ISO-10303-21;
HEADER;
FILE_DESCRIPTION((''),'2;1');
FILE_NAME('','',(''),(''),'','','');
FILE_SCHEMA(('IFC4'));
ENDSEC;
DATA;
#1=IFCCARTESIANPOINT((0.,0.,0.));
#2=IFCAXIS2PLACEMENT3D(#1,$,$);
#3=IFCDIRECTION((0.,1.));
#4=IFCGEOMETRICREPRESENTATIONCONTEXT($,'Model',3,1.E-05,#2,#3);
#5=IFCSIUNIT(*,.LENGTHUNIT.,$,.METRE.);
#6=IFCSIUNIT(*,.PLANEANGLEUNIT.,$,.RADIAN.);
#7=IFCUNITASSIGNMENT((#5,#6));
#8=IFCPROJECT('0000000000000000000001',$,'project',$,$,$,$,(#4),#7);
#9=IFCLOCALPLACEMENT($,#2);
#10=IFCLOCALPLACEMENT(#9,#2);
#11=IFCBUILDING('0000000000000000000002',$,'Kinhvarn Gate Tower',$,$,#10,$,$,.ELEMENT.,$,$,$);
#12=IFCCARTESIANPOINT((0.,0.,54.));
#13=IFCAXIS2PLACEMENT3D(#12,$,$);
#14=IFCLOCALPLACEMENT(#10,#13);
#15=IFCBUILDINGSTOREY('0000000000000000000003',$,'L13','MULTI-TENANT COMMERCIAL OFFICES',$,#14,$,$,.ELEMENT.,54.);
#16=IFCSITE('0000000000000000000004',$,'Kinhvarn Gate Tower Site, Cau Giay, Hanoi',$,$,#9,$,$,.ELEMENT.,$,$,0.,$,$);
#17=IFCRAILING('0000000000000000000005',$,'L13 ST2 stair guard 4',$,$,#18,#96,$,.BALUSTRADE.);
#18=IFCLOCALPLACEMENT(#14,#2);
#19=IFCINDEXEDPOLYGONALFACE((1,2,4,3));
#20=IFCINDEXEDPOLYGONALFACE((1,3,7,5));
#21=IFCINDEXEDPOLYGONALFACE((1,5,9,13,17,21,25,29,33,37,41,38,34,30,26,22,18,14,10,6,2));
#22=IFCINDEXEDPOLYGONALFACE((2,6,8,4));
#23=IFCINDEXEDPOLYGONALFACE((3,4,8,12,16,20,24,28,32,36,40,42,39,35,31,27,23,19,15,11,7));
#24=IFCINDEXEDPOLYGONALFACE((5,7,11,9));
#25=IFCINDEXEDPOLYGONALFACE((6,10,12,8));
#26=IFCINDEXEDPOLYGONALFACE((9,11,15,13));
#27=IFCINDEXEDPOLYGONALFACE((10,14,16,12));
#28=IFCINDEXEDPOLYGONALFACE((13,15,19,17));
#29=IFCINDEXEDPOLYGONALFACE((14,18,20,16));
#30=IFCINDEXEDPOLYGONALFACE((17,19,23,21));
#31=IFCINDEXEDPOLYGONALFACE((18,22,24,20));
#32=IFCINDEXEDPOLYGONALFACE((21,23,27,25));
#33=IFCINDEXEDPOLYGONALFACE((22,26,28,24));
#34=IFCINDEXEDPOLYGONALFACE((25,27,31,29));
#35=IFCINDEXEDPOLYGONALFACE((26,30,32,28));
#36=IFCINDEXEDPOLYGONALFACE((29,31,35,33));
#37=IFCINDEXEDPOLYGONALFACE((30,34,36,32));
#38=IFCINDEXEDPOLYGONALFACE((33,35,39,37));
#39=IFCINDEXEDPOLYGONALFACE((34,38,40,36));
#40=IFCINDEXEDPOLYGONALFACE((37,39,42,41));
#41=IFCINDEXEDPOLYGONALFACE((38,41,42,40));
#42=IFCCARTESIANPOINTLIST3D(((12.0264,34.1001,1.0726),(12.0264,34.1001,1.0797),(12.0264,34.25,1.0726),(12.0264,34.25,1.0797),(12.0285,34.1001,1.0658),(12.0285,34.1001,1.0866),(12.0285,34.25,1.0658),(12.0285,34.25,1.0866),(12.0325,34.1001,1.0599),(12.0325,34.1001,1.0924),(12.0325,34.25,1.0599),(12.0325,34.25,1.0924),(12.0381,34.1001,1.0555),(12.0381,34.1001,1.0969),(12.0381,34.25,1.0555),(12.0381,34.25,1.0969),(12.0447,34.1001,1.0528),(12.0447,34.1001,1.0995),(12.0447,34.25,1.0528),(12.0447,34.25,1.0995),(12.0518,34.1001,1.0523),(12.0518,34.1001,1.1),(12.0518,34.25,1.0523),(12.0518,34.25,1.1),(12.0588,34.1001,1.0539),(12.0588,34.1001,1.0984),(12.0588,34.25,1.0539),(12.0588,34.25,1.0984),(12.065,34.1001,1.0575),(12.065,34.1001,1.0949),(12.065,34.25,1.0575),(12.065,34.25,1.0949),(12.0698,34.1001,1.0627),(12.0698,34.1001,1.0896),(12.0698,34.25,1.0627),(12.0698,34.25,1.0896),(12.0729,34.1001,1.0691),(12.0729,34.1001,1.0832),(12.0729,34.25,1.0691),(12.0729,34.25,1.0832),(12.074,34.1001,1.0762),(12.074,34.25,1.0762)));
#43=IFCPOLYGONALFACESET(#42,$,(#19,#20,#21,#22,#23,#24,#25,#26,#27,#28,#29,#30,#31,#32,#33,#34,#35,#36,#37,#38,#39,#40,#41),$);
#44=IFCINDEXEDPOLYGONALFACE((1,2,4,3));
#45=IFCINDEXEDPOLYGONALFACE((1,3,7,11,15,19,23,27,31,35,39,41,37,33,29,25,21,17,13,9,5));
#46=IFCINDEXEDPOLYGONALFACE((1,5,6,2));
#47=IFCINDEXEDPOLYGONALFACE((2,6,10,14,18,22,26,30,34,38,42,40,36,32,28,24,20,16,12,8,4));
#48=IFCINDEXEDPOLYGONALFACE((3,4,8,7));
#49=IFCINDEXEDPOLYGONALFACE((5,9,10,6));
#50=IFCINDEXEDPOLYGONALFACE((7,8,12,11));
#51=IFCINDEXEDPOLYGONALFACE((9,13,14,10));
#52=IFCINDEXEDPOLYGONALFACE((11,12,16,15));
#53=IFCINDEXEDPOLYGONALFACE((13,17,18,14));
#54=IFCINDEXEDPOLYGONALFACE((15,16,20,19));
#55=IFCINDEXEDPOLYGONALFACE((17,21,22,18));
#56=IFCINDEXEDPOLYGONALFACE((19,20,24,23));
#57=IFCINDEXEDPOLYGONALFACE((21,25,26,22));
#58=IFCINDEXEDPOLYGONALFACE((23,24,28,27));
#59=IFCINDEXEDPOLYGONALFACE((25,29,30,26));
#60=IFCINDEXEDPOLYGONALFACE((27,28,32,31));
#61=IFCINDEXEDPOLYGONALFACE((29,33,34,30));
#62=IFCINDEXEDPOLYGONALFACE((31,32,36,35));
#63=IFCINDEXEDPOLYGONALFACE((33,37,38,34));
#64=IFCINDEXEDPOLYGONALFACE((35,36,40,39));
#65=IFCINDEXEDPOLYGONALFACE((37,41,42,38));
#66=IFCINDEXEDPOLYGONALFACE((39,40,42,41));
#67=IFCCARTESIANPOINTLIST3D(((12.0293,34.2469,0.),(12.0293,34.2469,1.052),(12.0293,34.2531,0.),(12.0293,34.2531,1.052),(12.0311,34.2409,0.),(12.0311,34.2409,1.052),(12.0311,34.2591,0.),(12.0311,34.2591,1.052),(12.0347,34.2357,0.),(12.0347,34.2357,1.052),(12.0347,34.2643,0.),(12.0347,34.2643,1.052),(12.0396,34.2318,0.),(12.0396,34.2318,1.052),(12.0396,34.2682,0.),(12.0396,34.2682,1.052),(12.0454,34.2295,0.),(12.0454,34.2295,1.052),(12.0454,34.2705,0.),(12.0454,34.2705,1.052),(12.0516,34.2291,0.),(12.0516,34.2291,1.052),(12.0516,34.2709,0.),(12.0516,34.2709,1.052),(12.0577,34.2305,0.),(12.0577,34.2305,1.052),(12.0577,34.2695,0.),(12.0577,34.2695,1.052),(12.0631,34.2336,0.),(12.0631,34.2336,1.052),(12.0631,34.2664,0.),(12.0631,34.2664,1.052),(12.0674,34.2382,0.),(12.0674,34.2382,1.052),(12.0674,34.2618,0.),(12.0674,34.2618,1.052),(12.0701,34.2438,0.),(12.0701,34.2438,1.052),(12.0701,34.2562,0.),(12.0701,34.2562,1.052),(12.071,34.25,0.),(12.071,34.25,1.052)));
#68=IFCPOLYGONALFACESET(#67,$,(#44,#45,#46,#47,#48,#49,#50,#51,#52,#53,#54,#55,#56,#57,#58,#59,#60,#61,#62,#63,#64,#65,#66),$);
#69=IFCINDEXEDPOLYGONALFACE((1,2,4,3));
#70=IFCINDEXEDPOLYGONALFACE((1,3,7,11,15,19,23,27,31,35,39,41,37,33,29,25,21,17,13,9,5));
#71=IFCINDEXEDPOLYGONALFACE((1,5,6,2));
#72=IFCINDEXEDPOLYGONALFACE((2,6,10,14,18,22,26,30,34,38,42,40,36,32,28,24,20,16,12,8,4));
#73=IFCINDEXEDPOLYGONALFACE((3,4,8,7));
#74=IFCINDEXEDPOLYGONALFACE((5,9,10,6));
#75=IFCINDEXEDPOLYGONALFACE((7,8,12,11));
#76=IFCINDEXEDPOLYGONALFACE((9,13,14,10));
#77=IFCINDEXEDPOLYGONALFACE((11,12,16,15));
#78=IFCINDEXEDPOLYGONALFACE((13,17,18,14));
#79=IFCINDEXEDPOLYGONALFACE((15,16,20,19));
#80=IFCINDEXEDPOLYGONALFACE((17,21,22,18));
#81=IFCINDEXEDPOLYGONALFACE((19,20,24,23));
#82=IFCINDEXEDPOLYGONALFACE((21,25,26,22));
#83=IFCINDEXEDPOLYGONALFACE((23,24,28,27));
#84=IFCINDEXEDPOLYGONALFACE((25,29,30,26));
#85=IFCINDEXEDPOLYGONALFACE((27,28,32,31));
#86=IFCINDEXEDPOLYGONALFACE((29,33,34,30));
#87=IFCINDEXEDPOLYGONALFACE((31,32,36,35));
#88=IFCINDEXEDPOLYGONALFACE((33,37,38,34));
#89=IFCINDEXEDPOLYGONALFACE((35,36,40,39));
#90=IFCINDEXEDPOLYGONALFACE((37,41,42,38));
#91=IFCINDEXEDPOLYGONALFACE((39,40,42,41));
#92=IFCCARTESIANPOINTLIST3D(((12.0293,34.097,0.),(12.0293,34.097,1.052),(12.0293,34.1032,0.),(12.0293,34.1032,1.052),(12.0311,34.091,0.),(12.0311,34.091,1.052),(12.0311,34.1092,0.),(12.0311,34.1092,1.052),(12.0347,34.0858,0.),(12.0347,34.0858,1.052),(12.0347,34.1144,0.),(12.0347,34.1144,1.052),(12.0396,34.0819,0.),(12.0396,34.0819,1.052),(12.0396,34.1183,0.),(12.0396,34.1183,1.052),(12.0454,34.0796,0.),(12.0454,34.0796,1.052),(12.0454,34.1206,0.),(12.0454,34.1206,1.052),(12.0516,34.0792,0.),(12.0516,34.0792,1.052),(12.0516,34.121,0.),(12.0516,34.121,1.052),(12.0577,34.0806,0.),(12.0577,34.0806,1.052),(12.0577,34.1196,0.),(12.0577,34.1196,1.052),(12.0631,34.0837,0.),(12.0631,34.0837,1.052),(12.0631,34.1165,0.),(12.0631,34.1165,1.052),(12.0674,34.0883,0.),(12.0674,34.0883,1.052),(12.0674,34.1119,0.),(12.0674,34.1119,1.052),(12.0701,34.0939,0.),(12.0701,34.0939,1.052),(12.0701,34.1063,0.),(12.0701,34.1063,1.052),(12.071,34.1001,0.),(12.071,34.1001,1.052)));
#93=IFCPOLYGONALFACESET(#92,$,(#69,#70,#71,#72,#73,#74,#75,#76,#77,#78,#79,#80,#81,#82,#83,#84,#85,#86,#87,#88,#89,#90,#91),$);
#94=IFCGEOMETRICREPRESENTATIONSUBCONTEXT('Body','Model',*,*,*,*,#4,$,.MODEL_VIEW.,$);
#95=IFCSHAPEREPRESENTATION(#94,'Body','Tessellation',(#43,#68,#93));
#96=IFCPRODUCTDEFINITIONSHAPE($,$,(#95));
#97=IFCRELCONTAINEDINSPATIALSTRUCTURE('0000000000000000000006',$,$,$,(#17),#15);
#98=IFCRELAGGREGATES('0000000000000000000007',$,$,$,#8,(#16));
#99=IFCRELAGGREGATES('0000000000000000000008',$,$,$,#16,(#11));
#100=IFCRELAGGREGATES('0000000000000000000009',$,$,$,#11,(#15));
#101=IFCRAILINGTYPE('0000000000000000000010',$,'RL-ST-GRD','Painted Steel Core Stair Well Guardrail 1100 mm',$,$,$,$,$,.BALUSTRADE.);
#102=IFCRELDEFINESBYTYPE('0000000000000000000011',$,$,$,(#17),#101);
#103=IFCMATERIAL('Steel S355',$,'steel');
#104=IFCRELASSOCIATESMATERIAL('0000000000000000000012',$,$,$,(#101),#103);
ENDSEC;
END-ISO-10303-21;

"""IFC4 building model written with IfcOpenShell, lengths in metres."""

from ifc_helpers import new_model, si_unit, direction, frame, origin, origin_2d, place, context, subcontext, project, spatial, circle, extrude, material, type_object, element, save


model = new_model("IFC4")

# Units and contexts
model_context = context("Model", 3, precision=1e-05, world=origin(), true_north=direction((0.0, 1.0)))
body_context = subcontext(model_context, "Body", "Model", "MODEL_VIEW")
ifc_project = project(units=[si_unit("LENGTHUNIT", "METRE"), si_unit("PLANEANGLEUNIT", "RADIAN")], contexts=[model_context])

# Site, building, storey
site_placement = place(None, origin())
site = spatial("IfcSite", under=ifc_project, at=site_placement, Name="Kinhvarn Gate Tower Site, Cau Giay, Hanoi", CompositionType="ELEMENT", RefElevation=0.0)
building_placement = place(site_placement, origin())
building = spatial("IfcBuilding", under=site, at=building_placement, Name="Kinhvarn Gate Tower", CompositionType="ELEMENT")
storey_placement = place(building_placement, frame((0.0, 0.0, 54.0)))
storey = spatial("IfcBuildingStorey", under=building, at=storey_placement, Name="L13", Description="MULTI-TENANT COMMERCIAL OFFICES", CompositionType="ELEMENT", Elevation=54.0)

# Shared definitions
ifc_material_1 = material(Name="Steel S355", Category="steel")

# Railing
railing_type_1 = type_object("IfcRailingType", Name="RL-ST-GRD", Description="Painted Steel Core Stair Well Guardrail 1100 mm", PredefinedType="BALUSTRADE", material=ifc_material_1)
railing_1_placement = place(storey_placement, frame((12.05, 34.25, 0.0)))
element("IfcRailing", 1, at=railing_1_placement, inside=storey, type_object=railing_type_1, Name="L13 ST2 stair guard 4", PredefinedType="BALUSTRADE", context=body_context, shape_type="SweptSolid", body=[
    extrude(circle(Radius=0.0239, at=origin_2d()), frame((0.0, 0.0, 1.0762), z_axis=(0.0, -1.0, 0.0), x_axis=(1.0, 0.0, 0.0)), (0.0, 0.0, 1.0), 0.1499),
    extrude(circle(Radius=0.021, at=origin_2d()), origin(), (0.0, 0.0, 1.0), 1.052),
    extrude(circle(Radius=0.021, at=origin_2d()), frame((0.0, -0.1499, 0.0)), (0.0, 0.0, 1.0), 1.052),
])

save(model, "model.ifc")
